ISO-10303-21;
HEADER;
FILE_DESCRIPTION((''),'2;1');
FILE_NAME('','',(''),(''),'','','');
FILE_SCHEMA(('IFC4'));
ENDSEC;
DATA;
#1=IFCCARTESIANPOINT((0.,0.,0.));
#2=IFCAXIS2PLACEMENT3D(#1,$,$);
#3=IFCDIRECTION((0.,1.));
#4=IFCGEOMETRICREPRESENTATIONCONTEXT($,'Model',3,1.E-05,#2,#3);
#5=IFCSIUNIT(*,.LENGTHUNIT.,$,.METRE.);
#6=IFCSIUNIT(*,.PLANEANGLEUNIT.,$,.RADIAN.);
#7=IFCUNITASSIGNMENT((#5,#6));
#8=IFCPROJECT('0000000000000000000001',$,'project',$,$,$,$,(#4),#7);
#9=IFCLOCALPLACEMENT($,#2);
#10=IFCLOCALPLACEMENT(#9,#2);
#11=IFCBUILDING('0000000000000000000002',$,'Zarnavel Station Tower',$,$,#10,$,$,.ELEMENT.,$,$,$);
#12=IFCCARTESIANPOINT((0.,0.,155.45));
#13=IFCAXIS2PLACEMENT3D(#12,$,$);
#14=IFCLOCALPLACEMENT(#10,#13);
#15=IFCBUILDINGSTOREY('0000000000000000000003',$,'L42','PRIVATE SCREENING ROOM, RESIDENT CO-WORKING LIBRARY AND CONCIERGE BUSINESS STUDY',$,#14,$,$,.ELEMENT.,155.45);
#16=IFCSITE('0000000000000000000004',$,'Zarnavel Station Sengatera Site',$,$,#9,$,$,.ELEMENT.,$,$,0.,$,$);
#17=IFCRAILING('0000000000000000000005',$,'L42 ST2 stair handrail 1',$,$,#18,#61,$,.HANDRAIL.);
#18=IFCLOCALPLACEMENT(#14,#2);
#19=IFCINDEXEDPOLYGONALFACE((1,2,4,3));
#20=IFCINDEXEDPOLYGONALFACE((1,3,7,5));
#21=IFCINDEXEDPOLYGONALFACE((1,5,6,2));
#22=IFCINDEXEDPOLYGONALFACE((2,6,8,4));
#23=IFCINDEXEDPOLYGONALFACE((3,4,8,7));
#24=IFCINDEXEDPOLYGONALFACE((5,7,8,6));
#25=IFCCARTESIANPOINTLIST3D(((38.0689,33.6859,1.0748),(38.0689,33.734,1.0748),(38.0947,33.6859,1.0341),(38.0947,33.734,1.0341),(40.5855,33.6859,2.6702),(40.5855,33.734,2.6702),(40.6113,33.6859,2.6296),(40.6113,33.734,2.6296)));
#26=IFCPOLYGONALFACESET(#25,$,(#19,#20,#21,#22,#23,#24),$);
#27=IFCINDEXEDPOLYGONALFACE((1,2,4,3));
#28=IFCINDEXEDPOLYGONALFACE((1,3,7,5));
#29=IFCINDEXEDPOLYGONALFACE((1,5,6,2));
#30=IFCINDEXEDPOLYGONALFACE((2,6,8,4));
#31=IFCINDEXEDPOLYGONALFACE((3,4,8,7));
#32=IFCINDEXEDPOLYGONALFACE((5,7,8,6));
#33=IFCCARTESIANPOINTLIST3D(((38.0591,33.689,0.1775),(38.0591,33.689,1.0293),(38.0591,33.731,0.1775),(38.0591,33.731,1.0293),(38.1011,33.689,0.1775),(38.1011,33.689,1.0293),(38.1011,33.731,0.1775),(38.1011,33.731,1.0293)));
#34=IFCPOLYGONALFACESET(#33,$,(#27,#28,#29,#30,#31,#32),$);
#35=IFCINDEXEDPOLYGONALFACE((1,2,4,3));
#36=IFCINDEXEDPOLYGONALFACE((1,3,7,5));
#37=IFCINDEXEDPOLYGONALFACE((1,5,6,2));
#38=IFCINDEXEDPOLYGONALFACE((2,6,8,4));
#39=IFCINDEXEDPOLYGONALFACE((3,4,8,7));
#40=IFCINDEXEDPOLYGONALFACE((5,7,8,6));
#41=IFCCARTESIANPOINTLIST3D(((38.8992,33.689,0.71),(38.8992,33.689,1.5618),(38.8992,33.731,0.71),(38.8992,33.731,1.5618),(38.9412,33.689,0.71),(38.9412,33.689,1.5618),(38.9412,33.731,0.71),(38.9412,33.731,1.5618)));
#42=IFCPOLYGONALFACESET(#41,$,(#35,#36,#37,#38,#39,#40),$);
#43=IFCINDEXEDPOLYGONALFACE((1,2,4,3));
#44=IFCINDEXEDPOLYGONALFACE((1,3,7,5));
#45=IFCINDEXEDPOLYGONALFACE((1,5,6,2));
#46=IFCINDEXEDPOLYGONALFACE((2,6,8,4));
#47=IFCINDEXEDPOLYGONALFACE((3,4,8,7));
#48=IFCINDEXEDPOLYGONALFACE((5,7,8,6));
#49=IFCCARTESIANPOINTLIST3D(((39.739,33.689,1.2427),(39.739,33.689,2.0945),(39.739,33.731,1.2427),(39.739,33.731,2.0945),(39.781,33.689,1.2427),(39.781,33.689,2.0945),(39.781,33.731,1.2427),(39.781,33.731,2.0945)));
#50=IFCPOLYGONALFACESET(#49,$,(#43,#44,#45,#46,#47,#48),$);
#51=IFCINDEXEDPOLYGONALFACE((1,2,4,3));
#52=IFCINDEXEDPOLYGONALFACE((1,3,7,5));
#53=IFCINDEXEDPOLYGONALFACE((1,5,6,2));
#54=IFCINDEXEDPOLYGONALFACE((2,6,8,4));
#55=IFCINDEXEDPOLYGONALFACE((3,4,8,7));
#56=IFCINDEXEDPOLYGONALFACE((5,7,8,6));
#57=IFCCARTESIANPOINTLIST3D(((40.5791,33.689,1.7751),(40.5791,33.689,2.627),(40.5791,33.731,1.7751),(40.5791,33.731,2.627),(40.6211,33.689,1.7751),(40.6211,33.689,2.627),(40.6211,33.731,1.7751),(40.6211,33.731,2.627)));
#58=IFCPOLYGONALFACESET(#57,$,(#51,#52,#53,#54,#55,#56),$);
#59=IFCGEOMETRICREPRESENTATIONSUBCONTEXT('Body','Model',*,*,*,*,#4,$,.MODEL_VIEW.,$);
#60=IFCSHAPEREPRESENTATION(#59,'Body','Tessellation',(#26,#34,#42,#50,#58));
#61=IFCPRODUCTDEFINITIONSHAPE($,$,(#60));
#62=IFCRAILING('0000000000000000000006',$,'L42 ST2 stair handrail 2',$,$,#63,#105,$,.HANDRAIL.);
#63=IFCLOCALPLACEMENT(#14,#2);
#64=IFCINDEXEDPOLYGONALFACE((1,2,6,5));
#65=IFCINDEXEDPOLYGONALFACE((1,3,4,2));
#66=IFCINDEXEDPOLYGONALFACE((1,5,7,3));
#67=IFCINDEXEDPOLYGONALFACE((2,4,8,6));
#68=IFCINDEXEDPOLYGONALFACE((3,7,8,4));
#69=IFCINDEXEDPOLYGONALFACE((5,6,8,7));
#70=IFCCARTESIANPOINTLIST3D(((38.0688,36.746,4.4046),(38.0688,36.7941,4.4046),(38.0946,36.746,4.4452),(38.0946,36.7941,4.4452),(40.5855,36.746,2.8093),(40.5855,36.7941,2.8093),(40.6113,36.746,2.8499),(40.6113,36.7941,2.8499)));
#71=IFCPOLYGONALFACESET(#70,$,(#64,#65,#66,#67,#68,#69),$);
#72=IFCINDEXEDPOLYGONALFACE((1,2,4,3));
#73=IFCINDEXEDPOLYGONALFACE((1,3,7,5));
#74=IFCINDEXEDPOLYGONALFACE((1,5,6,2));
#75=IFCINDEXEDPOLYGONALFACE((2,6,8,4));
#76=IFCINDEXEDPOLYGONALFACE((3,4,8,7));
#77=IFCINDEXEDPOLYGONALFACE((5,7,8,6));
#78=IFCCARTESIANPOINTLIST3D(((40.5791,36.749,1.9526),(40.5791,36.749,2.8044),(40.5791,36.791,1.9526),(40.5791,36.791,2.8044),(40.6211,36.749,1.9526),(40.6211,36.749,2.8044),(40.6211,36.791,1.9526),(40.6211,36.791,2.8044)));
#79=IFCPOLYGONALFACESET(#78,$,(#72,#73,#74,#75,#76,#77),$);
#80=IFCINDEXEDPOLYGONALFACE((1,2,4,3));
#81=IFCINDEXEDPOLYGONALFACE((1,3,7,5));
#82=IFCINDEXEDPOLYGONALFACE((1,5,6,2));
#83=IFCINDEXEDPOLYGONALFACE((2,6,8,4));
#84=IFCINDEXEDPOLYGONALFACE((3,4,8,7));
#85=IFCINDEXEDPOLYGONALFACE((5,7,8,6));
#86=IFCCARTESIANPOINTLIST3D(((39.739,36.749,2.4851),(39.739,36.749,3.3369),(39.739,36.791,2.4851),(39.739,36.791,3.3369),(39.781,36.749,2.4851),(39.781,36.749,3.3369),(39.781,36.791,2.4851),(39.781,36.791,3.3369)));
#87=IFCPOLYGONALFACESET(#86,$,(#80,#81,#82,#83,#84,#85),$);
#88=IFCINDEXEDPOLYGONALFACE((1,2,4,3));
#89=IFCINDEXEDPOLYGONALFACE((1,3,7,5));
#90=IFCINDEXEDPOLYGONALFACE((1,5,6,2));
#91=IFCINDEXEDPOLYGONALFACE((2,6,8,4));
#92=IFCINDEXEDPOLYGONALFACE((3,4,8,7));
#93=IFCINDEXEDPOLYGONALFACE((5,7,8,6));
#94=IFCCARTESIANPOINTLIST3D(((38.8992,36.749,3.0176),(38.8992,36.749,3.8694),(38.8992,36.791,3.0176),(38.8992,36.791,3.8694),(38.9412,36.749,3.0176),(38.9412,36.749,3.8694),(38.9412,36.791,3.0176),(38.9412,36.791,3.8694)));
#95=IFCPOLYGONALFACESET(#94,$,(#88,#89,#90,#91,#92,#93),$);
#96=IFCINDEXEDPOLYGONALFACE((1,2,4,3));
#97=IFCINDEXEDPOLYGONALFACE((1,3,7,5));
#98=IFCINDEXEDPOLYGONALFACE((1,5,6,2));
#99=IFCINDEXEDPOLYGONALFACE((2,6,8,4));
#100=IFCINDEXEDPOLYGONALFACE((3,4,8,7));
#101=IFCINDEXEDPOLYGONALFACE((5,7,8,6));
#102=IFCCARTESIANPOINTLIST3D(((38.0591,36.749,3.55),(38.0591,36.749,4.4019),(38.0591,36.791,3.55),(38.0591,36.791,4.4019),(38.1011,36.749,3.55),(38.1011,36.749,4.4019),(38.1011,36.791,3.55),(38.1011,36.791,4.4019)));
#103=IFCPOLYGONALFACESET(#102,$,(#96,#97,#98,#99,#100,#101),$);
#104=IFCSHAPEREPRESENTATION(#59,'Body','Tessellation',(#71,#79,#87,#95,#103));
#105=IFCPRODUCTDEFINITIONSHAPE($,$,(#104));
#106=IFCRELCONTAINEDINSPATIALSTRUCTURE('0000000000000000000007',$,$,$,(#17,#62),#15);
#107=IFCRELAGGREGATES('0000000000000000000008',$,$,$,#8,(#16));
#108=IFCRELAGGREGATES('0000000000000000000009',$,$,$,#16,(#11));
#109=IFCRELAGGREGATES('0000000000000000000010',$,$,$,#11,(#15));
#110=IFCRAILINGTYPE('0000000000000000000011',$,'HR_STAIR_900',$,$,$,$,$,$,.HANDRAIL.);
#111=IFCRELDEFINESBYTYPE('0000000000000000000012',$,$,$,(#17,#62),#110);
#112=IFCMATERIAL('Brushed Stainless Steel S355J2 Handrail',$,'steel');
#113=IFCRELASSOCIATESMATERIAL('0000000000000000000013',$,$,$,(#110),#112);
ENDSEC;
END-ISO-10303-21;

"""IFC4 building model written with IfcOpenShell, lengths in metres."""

from ifc_helpers import new_model, si_unit, direction, frame, origin, origin_2d, place, context, subcontext, project, spatial, rectangle, extrude, material, type_object, element, save


model = new_model("IFC4")

# Units and contexts
model_context = context("Model", 3, precision=1e-05, world=origin(), true_north=direction((0.0, 1.0)))
body_context = subcontext(model_context, "Body", "Model", "MODEL_VIEW")
ifc_project = project(units=[si_unit("LENGTHUNIT", "METRE"), si_unit("PLANEANGLEUNIT", "RADIAN")], contexts=[model_context])

# Site, building, storey
site_placement = place(None, origin())
site = spatial("IfcSite", under=ifc_project, at=site_placement, Name="Zarnavel Station Sengatera Site", CompositionType="ELEMENT", RefElevation=0.0)
building_placement = place(site_placement, origin())
building = spatial("IfcBuilding", under=site, at=building_placement, Name="Zarnavel Station Tower", CompositionType="ELEMENT")
storey_placement = place(building_placement, frame((0.0, 0.0, 155.45)))
storey = spatial("IfcBuildingStorey", under=building, at=storey_placement, Name="L42", Description="PRIVATE SCREENING ROOM, RESIDENT CO-WORKING LIBRARY AND CONCIERGE BUSINESS STUDY", CompositionType="ELEMENT", Elevation=155.45)

# Railings
ifc_material_1 = material(Name="Brushed Stainless Steel S355J2 Handrail", Category="steel")
railing_type_1 = type_object("IfcRailingType", Name="HR_STAIR_900", PredefinedType="HANDRAIL", material=ifc_material_1)
railing_1_placement = place(storey_placement, frame((38.0801, 33.71, 0.1775)))
element("IfcRailing", 1, at=railing_1_placement, inside=storey, type_object=railing_type_1, Name="L42 ST2 stair handrail 1", PredefinedType="HANDRAIL", context=body_context, shape_type="SweptSolid", body=[
    extrude(rectangle(XDim=0.0481, YDim=0.0481, at=origin_2d()), frame((0.0017, 0.0, 0.877), z_axis=(0.84457, 0.0, 0.535445), x_axis=(0.0, 1.0, 0.0)), (0.0, 0.0, 1.0), 2.9797),
    extrude(rectangle(XDim=0.042, YDim=0.042, at=origin_2d()), origin(), (0.0, 0.0, 1.0), 0.8518),
    extrude(rectangle(XDim=0.042, YDim=0.042, at=origin_2d()), frame((0.8401, 0.0, 0.5325)), (0.0, 0.0, 1.0), 0.8518),
    extrude(rectangle(XDim=0.042, YDim=0.042, at=origin_2d()), frame((1.6799, 0.0, 1.0652)), (0.0, 0.0, 1.0), 0.8518),
    extrude(rectangle(XDim=0.042, YDim=0.042, at=origin_2d()), frame((2.52, 0.0, 1.5977)), (0.0, 0.0, 1.0), 0.8518),
])
railing_2_placement = place(storey_placement, frame((40.6001, 36.77, 1.9526)))
element("IfcRailing", 2, at=railing_2_placement, inside=storey, type_object=railing_type_1, Name="L42 ST2 stair handrail 2", PredefinedType="HANDRAIL", context=body_context, shape_type="SweptSolid", body=[
    extrude(rectangle(XDim=0.0481, YDim=0.0481, at=origin_2d()), frame((-0.0017, 0.0, 0.877), z_axis=(-0.844607, 0.0, 0.535387), x_axis=(0.0, -1.0, 0.0)), (0.0, 0.0, 1.0), 2.9797),
    extrude(rectangle(XDim=0.042, YDim=0.042, at=origin_2d()), origin(), (0.0, 0.0, 1.0), 0.8518),
    extrude(rectangle(XDim=0.042, YDim=0.042, at=origin_2d()), frame((-0.8401, 0.0, 0.5325)), (0.0, 0.0, 1.0), 0.8518),
    extrude(rectangle(XDim=0.042, YDim=0.042, at=origin_2d()), frame((-1.6799, 0.0, 1.0649)), (0.0, 0.0, 1.0), 0.8518),
    extrude(rectangle(XDim=0.042, YDim=0.042, at=origin_2d()), frame((-2.52, 0.0, 1.5974)), (0.0, 0.0, 1.0), 0.8518),
])

save(model, "model.ifc")
